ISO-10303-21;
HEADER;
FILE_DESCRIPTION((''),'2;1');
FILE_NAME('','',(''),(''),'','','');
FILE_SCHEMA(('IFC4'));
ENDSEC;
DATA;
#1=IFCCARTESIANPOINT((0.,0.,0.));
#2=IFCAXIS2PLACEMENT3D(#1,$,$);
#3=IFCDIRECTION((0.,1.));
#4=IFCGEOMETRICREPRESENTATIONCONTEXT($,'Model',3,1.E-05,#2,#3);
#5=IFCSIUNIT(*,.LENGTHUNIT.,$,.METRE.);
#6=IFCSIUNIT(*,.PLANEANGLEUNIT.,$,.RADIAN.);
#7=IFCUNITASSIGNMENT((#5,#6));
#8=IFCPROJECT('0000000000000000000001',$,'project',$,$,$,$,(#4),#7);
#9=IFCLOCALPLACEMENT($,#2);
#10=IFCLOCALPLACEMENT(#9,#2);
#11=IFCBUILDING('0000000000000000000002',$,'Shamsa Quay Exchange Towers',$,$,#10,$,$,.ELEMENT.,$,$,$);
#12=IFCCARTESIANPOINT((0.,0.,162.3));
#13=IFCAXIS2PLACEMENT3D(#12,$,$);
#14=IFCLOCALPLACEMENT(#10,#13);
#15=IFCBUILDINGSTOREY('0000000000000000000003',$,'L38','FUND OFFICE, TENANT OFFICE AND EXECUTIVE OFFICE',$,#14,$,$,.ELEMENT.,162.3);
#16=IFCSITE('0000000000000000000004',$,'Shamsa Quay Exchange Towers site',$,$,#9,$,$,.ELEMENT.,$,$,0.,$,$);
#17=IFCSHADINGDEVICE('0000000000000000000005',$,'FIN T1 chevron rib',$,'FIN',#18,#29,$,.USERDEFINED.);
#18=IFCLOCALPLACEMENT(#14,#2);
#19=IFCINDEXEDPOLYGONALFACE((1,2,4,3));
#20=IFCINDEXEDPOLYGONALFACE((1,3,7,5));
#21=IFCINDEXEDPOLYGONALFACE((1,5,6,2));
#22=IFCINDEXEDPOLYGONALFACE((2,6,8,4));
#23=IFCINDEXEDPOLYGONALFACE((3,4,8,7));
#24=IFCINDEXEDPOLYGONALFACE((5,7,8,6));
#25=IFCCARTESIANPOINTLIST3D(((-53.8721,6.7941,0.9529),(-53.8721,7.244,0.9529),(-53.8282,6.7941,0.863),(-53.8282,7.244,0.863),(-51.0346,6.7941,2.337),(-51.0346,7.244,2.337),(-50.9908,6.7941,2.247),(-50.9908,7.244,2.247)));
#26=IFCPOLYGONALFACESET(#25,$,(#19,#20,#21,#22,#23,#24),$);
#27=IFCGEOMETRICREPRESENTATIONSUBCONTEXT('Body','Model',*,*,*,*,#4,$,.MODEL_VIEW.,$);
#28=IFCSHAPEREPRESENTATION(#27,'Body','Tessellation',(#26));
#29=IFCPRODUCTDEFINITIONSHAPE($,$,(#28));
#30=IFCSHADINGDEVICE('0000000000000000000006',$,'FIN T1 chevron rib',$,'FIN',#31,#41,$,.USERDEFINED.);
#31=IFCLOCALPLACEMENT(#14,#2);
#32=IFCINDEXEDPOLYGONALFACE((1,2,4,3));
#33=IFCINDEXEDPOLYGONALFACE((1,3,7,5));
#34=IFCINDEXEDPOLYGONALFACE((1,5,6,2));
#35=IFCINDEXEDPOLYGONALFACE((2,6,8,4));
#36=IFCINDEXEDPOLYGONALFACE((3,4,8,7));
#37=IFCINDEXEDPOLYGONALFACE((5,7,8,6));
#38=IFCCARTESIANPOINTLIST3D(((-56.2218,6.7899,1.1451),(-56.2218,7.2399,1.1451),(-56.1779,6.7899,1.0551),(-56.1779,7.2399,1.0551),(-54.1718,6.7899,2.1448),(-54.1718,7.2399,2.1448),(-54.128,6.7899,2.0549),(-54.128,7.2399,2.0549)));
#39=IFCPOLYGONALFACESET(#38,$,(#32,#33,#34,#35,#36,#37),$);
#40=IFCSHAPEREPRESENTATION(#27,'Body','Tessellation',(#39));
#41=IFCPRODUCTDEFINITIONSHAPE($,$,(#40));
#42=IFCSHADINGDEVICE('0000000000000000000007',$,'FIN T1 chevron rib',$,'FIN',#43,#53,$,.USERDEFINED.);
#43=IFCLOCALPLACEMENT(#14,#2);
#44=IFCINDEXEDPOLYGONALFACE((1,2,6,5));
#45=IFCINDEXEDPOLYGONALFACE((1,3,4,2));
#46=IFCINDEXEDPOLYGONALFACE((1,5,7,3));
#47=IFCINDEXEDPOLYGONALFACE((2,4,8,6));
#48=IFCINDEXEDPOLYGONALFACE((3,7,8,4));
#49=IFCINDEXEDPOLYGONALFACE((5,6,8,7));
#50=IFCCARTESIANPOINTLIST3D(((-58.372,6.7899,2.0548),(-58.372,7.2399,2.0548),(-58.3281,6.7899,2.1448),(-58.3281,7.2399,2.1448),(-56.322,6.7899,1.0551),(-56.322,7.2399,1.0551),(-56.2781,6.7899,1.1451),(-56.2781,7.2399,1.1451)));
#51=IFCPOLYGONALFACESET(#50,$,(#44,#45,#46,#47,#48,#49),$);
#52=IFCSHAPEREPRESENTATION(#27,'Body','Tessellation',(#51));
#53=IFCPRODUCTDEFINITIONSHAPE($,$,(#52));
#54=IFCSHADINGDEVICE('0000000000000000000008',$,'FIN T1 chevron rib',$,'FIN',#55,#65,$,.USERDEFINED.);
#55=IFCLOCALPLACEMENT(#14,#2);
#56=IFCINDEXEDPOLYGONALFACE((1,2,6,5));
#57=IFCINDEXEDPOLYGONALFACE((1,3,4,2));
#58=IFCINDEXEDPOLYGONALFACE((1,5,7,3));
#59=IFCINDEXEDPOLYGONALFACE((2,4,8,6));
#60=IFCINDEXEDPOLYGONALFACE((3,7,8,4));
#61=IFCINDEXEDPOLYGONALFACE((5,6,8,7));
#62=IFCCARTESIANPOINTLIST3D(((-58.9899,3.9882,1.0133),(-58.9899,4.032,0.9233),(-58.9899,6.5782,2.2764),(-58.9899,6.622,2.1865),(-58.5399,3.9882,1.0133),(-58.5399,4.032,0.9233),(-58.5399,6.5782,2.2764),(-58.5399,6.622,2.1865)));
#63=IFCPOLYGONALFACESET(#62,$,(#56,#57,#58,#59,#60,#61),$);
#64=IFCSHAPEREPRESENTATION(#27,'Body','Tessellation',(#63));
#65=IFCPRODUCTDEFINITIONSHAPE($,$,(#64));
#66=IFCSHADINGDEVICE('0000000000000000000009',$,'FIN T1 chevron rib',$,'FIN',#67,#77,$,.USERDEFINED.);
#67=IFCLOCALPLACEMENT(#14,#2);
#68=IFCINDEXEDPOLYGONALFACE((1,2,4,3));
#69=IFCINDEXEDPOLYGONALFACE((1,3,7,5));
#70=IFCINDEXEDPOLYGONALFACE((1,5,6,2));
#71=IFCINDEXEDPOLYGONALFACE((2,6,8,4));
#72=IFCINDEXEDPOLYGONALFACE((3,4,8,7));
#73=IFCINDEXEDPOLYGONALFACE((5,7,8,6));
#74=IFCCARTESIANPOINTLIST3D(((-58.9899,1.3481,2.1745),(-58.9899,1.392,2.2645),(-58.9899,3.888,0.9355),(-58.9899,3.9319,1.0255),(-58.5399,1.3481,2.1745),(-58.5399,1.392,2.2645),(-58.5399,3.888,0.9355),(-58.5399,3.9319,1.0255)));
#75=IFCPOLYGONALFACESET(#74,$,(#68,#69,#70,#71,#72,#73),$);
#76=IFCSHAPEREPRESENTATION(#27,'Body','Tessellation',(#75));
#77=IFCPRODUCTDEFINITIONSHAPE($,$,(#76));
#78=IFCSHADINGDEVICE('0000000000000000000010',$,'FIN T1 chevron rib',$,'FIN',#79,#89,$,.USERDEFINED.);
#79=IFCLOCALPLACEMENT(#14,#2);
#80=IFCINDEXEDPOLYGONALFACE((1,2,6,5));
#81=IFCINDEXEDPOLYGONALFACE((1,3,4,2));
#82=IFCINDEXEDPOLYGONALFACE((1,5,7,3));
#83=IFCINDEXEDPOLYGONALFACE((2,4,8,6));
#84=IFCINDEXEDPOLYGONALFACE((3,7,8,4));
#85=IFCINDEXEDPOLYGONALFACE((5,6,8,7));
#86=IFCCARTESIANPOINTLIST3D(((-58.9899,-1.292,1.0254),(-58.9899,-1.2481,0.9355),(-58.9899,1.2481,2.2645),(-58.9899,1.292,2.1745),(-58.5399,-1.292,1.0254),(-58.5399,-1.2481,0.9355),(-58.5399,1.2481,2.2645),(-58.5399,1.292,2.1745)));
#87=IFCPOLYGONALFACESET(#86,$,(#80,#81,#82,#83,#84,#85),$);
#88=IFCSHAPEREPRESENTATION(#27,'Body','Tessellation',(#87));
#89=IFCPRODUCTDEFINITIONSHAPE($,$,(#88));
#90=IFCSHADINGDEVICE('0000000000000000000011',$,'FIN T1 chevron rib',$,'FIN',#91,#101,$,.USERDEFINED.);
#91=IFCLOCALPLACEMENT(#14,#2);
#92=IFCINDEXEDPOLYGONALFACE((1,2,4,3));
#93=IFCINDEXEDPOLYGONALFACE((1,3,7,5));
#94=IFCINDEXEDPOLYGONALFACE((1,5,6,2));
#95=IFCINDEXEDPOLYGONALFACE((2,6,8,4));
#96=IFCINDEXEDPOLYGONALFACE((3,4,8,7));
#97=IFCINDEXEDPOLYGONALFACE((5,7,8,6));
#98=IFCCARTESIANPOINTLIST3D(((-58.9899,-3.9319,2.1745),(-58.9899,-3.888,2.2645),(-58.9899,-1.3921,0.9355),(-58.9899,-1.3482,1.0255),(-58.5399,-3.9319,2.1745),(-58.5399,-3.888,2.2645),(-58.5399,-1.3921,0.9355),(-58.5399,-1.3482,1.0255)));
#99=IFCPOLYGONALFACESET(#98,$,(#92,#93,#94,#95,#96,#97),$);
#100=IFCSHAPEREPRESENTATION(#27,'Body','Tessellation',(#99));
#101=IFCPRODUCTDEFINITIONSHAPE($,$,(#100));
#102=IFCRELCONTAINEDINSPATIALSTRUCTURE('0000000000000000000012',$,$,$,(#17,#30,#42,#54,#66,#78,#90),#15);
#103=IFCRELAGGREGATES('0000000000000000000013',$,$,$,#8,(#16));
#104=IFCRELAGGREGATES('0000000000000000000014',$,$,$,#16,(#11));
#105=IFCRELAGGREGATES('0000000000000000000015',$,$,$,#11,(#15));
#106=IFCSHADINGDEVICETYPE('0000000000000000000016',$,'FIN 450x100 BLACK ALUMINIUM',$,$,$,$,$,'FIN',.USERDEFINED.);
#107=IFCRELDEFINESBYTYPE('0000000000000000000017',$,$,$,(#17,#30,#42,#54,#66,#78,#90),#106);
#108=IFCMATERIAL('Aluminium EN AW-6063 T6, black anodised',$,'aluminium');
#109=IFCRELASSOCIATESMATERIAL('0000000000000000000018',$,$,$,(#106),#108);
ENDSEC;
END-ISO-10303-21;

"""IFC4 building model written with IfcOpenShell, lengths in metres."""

from ifc_helpers import new_model, si_unit, direction, frame, origin, origin_2d, place, context, subcontext, project, spatial, rectangle, extrude, material, material_profile, profile_set, type_object, element, save


model = new_model("IFC4")

# Units and contexts
model_context = context("Model", 3, precision=1e-05, world=origin(), true_north=direction((0.0, 1.0)))
body_context = subcontext(model_context, "Body", "Model", "MODEL_VIEW")
ifc_project = project(units=[si_unit("LENGTHUNIT", "METRE"), si_unit("PLANEANGLEUNIT", "RADIAN")], contexts=[model_context])

# Site, building, storey
site_placement = place(None, origin())
site = spatial("IfcSite", under=ifc_project, at=site_placement, Name="Shamsa Quay Exchange Towers site", CompositionType="ELEMENT", RefElevation=0.0)
building_placement = place(site_placement, origin())
building = spatial("IfcBuilding", under=site, at=building_placement, Name="Shamsa Quay Exchange Towers", CompositionType="ELEMENT")
storey_placement = place(building_placement, frame((0.0, 0.0, 162.3)))
storey = spatial("IfcBuildingStorey", under=building, at=storey_placement, Name="L38", Description="FUND OFFICE, TENANT OFFICE AND EXECUTIVE OFFICE", CompositionType="ELEMENT", Elevation=162.3)

# Shared definitions
ifc_material_1 = material(Name="Aluminium EN AW-6063 T6, black anodised", Category="aluminium")

# Shading devices
ifc_material_profile_1 = material_profile(ifc_material_1, rectangle(XDim=0.45, YDim=0.1001, at=origin_2d()), Name="FIN450x100")
ifc_profile_set_1 = profile_set([ifc_material_profile_1], Name="Aluminium EN AW-6063 T6, black anodised")
shading_device_type = type_object("IfcShadingDeviceType", Name="FIN 450x100 BLACK ALUMINIUM", ElementType="FIN", PredefinedType="USERDEFINED", material=ifc_profile_set_1)
shading_device_1_placement = place(storey_placement, frame((-51.0127, 7.019, 2.292), z_axis=(-0.898777, 0.0, -0.438407), x_axis=(0.0, -1.0, 0.0)))
element("IfcShadingDevice", 1, at=shading_device_1_placement, inside=storey, type_object=shading_device_type, Name="FIN T1 chevron rib", ObjectType="FIN", PredefinedType="USERDEFINED", context=body_context, shape_type="SweptSolid", body=[
    extrude(rectangle(XDim=0.45, YDim=0.1001, at=origin_2d()), origin(), (0.0, 0.0, 1.0), 3.157),
])
for number, where, z_axis, x_axis, name in (
    (2, (-54.1499, 7.0149, 2.0999), (-0.898815, 0.0, -0.438329), (0.0, -1.0, 0.0), "FIN T1 chevron rib"),
    (3, (-56.3, 7.0149, 1.1001), (-0.898815, 0.0, 0.438329), (0.0, -1.0, 0.0), "FIN T1 chevron rib"),
):
    element("IfcShadingDevice", number, at=place(storey_placement, frame(where, z_axis=z_axis, x_axis=x_axis)), inside=storey, type_object=shading_device_type, Name=name, ObjectType="FIN", PredefinedType="USERDEFINED", context=body_context, shape_type="SweptSolid", body=[
        extrude(rectangle(XDim=0.45, YDim=0.1001, at=origin_2d()), origin(), (0.0, 0.0, 1.0), 2.2808),
    ])
shading_device_2_placement = place(storey_placement, frame((-58.7649, 6.6001, 2.2314), z_axis=(0.0, -0.898806, -0.438347), x_axis=(1.0, 0.0, 0.0)))
element("IfcShadingDevice", 4, at=shading_device_2_placement, inside=storey, type_object=shading_device_type, Name="FIN T1 chevron rib", ObjectType="FIN", PredefinedType="USERDEFINED", context=body_context, shape_type="SweptSolid", body=[
    extrude(rectangle(XDim=0.45, YDim=0.1001, at=origin_2d()), origin(), (0.0, 0.0, 1.0), 2.8816),
])
shading_device_3_placement = place(storey_placement, frame((-58.7649, 3.9099, 0.9805), z_axis=(0.0, -0.898756, 0.438449), x_axis=(1.0, 0.0, 0.0)))
element("IfcShadingDevice", 5, at=shading_device_3_placement, inside=storey, type_object=shading_device_type, Name="FIN T1 chevron rib", ObjectType="FIN", PredefinedType="USERDEFINED", context=body_context, shape_type="SweptSolid", body=[
    extrude(rectangle(XDim=0.45, YDim=0.1001, at=origin_2d()), origin(), (0.0, 0.0, 1.0), 2.8259),
])
shading_device_4_placement = place(storey_placement, frame((-58.7649, 1.27, 2.2195), z_axis=(0.0, -0.898773, -0.438415), x_axis=(1.0, 0.0, 0.0)))
element("IfcShadingDevice", 6, at=shading_device_4_placement, inside=storey, type_object=shading_device_type, Name="FIN T1 chevron rib", ObjectType="FIN", PredefinedType="USERDEFINED", context=body_context, shape_type="SweptSolid", body=[
    extrude(rectangle(XDim=0.45, YDim=0.1001, at=origin_2d()), origin(), (0.0, 0.0, 1.0), 2.8262),
])
shading_device_5_placement = place(storey_placement, frame((-58.7649, -1.3701, 0.9805), z_axis=(0.0, -0.898756, 0.438449), x_axis=(1.0, 0.0, 0.0)))
element("IfcShadingDevice", 7, at=shading_device_5_placement, inside=storey, type_object=shading_device_type, Name="FIN T1 chevron rib", ObjectType="FIN", PredefinedType="USERDEFINED", context=body_context, shape_type="SweptSolid", body=[
    extrude(rectangle(XDim=0.45, YDim=0.1001, at=origin_2d()), origin(), (0.0, 0.0, 1.0), 2.8259),
])

save(model, "model.ifc")
